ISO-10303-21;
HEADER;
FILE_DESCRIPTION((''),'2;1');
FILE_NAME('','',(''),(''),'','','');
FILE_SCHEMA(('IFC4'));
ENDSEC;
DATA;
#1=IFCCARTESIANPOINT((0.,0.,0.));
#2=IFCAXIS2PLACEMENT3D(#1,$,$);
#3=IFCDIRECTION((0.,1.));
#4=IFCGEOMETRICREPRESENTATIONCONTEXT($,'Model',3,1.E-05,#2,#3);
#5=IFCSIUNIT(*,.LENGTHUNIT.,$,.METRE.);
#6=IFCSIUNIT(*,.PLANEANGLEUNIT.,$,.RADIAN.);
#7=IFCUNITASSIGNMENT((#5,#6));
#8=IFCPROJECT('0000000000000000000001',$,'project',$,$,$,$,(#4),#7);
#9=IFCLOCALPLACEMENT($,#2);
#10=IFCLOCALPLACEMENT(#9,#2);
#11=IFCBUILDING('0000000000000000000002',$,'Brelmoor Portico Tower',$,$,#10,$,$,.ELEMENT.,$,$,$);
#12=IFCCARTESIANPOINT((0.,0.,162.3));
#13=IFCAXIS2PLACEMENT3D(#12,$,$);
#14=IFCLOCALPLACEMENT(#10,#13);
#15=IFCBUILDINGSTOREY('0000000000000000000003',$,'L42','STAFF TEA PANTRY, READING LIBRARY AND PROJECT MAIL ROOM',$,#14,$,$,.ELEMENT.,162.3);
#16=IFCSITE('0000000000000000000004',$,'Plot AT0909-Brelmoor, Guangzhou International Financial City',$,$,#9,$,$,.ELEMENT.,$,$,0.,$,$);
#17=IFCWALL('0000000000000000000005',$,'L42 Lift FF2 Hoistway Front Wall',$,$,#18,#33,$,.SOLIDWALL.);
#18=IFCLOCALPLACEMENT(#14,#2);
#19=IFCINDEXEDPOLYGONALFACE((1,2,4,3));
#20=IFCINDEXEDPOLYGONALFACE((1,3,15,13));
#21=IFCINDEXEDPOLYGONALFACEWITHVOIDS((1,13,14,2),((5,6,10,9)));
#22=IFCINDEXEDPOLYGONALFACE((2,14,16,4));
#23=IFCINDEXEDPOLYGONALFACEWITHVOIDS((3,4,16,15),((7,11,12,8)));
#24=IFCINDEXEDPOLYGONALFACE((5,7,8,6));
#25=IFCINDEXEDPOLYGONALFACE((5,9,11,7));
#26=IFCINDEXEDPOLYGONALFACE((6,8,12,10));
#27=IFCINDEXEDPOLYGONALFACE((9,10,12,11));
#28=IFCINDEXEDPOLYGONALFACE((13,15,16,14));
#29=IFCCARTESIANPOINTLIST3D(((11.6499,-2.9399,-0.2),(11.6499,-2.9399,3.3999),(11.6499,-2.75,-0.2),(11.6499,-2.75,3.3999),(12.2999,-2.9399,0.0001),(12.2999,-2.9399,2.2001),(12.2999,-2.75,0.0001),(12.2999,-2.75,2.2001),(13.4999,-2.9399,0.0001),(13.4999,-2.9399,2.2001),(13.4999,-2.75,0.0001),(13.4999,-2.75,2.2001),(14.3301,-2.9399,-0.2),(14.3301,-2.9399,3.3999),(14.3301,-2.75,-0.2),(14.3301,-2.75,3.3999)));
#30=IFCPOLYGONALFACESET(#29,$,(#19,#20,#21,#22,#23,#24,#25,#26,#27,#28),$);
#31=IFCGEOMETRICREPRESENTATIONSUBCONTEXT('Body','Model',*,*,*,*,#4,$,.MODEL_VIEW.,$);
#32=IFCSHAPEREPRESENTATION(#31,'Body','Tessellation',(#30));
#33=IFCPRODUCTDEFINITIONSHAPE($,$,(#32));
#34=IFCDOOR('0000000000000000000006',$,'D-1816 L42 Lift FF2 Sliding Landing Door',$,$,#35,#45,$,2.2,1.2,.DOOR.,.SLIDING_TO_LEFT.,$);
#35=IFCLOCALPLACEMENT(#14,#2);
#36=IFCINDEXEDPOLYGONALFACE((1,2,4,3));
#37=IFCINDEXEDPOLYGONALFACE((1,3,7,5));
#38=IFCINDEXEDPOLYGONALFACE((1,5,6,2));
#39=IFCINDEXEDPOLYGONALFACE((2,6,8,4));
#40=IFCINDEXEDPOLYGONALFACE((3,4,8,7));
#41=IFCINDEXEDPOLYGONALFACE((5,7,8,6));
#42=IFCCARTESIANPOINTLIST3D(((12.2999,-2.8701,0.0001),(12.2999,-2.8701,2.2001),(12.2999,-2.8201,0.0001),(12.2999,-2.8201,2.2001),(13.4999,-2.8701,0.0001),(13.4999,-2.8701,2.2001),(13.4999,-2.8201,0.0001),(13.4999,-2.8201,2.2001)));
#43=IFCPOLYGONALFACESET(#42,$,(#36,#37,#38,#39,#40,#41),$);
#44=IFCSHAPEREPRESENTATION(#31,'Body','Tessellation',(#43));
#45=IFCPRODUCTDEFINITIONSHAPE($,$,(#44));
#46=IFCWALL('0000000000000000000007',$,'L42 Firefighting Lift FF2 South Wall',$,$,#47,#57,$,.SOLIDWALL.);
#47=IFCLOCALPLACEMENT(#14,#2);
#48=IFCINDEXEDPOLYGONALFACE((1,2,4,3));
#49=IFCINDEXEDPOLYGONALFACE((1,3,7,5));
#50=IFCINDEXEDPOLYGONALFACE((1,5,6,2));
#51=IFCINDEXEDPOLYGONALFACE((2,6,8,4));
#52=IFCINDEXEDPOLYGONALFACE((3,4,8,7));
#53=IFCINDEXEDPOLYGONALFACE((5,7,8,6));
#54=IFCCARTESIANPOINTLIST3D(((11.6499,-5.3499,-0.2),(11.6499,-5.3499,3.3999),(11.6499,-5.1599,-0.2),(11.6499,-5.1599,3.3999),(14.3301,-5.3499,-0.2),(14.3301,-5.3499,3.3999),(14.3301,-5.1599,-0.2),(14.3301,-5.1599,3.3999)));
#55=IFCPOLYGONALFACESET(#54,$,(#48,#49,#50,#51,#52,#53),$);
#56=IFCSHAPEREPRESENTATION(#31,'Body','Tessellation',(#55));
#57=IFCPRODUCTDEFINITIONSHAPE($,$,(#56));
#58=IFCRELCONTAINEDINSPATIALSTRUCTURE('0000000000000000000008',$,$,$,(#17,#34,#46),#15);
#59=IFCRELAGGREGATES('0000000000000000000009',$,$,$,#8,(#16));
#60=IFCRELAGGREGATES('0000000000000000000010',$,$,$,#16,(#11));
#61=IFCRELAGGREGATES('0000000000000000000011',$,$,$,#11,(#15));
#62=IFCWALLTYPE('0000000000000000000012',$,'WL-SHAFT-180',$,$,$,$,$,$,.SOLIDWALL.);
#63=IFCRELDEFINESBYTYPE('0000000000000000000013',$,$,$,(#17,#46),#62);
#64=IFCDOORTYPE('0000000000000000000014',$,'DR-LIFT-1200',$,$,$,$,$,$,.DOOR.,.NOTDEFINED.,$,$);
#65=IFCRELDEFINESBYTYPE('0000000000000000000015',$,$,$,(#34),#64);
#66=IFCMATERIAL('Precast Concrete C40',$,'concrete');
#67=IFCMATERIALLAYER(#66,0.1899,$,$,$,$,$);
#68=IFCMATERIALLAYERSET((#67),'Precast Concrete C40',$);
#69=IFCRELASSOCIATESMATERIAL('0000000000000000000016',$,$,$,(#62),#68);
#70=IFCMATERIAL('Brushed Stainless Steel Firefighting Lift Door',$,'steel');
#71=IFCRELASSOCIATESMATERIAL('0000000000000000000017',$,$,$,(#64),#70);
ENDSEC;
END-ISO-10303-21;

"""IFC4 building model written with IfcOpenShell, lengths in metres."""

from ifc_helpers import new_model, si_unit, direction, frame, frame_2d, origin, place, context, subcontext, project, spatial, rectangle, extrude, material, layer, layer_set, type_object, element, fill, save


model = new_model("IFC4")

# Units and contexts
model_context = context("Model", 3, precision=1e-05, world=origin(), true_north=direction((0.0, 1.0)))
body_context = subcontext(model_context, "Body", "Model", "MODEL_VIEW")
ifc_project = project(units=[si_unit("LENGTHUNIT", "METRE"), si_unit("PLANEANGLEUNIT", "RADIAN")], contexts=[model_context])

# Site, building, storey
site_placement = place(None, origin())
site = spatial("IfcSite", under=ifc_project, at=site_placement, Name="Plot AT0909-Brelmoor, Guangzhou International Financial City", CompositionType="ELEMENT", RefElevation=0.0)
building_placement = place(site_placement, origin())
building = spatial("IfcBuilding", under=site, at=building_placement, Name="Brelmoor Portico Tower", CompositionType="ELEMENT")
storey_placement = place(building_placement, frame((0.0, 0.0, 162.3)))
storey = spatial("IfcBuildingStorey", under=building, at=storey_placement, Name="L42", Description="STAFF TEA PANTRY, READING LIBRARY AND PROJECT MAIL ROOM", CompositionType="ELEMENT", Elevation=162.3)

# Shared definitions
ifc_material_1 = material(Name="Precast Concrete C40", Category="concrete")
ifc_layer_1 = layer(ifc_material_1, 0.1899)
ifc_layer_set_1 = layer_set([ifc_layer_1], Name="Precast Concrete C40")
wall_type_1 = type_object("IfcWallType", Name="WL-SHAFT-180", PredefinedType="SOLIDWALL", material=ifc_layer_set_1)

# Wall, opening, door
wall_1_placement = place(storey_placement, frame((11.6499, -2.845, -0.2), z_axis=(0.0, 0.0, 1.0), x_axis=(1.0, 0.0, 0.0)))
wall_1 = element("IfcWall", 1, at=wall_1_placement, inside=storey, type_object=wall_type_1, Name="L42 Lift FF2 Hoistway Front Wall", PredefinedType="SOLIDWALL", context=body_context, shape_type="SweptSolid", body=[
    extrude(rectangle(XDim=2.6802, YDim=0.1899, at=frame_2d((1.3401, 0.0))), origin(), (0.0, 0.0, 1.0), 3.5999),
])
opening_1_placement = place(wall_1_placement, frame((0.6499, 0.0, 0.2)))
opening_1 = element("IfcOpeningElement", 2, at=opening_1_placement, cuts=wall_1, PredefinedType="OPENING", context=body_context, shape_type="SweptSolid", body=[
    extrude(rectangle(XDim=1.2, YDim=2.2, at=frame_2d((0.6001, 1.1001))), frame((0.0, 0.105, 0.0), z_axis=(0.0, -1.0, 0.0), x_axis=(1.0, 0.0, 0.0)), (0.0, 0.0, 1.0), 0.21),
])
ifc_material_2 = material(Name="Brushed Stainless Steel Firefighting Lift Door", Category="steel")
door_type_1 = type_object("IfcDoorType", Name="DR-LIFT-1200", OperationType="NOTDEFINED", PredefinedType="DOOR", material=ifc_material_2)
door_1_placement = place(opening_1_placement, origin())
door_1 = element("IfcDoor", 3, at=door_1_placement, inside=storey, type_object=door_type_1, Name="D-1816 L42 Lift FF2 Sliding Landing Door", OperationType="SLIDING_TO_LEFT", OverallHeight=2.2, OverallWidth=1.2, PredefinedType="DOOR", context=body_context, shape_type="SweptSolid", body=[
    extrude(rectangle(XDim=1.2, YDim=2.2, at=frame_2d((0.6001, 1.1001))), frame((0.0, 0.0249, 0.0), z_axis=(0.0, -1.0, 0.0), x_axis=(1.0, 0.0, 0.0)), (0.0, 0.0, 1.0), 0.05),
])
fill(opening_1, door_1)

# Wall
wall_2_placement = place(storey_placement, frame((11.6499, -5.2549, -0.2), z_axis=(0.0, 0.0, 1.0), x_axis=(1.0, 0.0, 0.0)))
element("IfcWall", 4, at=wall_2_placement, inside=storey, type_object=wall_type_1, Name="L42 Firefighting Lift FF2 South Wall", PredefinedType="SOLIDWALL", context=body_context, shape_type="SweptSolid", body=[
    extrude(rectangle(XDim=2.6802, YDim=0.1899, at=frame_2d((1.3401, 0.0))), origin(), (0.0, 0.0, 1.0), 3.5999),
])

save(model, "model.ifc")
